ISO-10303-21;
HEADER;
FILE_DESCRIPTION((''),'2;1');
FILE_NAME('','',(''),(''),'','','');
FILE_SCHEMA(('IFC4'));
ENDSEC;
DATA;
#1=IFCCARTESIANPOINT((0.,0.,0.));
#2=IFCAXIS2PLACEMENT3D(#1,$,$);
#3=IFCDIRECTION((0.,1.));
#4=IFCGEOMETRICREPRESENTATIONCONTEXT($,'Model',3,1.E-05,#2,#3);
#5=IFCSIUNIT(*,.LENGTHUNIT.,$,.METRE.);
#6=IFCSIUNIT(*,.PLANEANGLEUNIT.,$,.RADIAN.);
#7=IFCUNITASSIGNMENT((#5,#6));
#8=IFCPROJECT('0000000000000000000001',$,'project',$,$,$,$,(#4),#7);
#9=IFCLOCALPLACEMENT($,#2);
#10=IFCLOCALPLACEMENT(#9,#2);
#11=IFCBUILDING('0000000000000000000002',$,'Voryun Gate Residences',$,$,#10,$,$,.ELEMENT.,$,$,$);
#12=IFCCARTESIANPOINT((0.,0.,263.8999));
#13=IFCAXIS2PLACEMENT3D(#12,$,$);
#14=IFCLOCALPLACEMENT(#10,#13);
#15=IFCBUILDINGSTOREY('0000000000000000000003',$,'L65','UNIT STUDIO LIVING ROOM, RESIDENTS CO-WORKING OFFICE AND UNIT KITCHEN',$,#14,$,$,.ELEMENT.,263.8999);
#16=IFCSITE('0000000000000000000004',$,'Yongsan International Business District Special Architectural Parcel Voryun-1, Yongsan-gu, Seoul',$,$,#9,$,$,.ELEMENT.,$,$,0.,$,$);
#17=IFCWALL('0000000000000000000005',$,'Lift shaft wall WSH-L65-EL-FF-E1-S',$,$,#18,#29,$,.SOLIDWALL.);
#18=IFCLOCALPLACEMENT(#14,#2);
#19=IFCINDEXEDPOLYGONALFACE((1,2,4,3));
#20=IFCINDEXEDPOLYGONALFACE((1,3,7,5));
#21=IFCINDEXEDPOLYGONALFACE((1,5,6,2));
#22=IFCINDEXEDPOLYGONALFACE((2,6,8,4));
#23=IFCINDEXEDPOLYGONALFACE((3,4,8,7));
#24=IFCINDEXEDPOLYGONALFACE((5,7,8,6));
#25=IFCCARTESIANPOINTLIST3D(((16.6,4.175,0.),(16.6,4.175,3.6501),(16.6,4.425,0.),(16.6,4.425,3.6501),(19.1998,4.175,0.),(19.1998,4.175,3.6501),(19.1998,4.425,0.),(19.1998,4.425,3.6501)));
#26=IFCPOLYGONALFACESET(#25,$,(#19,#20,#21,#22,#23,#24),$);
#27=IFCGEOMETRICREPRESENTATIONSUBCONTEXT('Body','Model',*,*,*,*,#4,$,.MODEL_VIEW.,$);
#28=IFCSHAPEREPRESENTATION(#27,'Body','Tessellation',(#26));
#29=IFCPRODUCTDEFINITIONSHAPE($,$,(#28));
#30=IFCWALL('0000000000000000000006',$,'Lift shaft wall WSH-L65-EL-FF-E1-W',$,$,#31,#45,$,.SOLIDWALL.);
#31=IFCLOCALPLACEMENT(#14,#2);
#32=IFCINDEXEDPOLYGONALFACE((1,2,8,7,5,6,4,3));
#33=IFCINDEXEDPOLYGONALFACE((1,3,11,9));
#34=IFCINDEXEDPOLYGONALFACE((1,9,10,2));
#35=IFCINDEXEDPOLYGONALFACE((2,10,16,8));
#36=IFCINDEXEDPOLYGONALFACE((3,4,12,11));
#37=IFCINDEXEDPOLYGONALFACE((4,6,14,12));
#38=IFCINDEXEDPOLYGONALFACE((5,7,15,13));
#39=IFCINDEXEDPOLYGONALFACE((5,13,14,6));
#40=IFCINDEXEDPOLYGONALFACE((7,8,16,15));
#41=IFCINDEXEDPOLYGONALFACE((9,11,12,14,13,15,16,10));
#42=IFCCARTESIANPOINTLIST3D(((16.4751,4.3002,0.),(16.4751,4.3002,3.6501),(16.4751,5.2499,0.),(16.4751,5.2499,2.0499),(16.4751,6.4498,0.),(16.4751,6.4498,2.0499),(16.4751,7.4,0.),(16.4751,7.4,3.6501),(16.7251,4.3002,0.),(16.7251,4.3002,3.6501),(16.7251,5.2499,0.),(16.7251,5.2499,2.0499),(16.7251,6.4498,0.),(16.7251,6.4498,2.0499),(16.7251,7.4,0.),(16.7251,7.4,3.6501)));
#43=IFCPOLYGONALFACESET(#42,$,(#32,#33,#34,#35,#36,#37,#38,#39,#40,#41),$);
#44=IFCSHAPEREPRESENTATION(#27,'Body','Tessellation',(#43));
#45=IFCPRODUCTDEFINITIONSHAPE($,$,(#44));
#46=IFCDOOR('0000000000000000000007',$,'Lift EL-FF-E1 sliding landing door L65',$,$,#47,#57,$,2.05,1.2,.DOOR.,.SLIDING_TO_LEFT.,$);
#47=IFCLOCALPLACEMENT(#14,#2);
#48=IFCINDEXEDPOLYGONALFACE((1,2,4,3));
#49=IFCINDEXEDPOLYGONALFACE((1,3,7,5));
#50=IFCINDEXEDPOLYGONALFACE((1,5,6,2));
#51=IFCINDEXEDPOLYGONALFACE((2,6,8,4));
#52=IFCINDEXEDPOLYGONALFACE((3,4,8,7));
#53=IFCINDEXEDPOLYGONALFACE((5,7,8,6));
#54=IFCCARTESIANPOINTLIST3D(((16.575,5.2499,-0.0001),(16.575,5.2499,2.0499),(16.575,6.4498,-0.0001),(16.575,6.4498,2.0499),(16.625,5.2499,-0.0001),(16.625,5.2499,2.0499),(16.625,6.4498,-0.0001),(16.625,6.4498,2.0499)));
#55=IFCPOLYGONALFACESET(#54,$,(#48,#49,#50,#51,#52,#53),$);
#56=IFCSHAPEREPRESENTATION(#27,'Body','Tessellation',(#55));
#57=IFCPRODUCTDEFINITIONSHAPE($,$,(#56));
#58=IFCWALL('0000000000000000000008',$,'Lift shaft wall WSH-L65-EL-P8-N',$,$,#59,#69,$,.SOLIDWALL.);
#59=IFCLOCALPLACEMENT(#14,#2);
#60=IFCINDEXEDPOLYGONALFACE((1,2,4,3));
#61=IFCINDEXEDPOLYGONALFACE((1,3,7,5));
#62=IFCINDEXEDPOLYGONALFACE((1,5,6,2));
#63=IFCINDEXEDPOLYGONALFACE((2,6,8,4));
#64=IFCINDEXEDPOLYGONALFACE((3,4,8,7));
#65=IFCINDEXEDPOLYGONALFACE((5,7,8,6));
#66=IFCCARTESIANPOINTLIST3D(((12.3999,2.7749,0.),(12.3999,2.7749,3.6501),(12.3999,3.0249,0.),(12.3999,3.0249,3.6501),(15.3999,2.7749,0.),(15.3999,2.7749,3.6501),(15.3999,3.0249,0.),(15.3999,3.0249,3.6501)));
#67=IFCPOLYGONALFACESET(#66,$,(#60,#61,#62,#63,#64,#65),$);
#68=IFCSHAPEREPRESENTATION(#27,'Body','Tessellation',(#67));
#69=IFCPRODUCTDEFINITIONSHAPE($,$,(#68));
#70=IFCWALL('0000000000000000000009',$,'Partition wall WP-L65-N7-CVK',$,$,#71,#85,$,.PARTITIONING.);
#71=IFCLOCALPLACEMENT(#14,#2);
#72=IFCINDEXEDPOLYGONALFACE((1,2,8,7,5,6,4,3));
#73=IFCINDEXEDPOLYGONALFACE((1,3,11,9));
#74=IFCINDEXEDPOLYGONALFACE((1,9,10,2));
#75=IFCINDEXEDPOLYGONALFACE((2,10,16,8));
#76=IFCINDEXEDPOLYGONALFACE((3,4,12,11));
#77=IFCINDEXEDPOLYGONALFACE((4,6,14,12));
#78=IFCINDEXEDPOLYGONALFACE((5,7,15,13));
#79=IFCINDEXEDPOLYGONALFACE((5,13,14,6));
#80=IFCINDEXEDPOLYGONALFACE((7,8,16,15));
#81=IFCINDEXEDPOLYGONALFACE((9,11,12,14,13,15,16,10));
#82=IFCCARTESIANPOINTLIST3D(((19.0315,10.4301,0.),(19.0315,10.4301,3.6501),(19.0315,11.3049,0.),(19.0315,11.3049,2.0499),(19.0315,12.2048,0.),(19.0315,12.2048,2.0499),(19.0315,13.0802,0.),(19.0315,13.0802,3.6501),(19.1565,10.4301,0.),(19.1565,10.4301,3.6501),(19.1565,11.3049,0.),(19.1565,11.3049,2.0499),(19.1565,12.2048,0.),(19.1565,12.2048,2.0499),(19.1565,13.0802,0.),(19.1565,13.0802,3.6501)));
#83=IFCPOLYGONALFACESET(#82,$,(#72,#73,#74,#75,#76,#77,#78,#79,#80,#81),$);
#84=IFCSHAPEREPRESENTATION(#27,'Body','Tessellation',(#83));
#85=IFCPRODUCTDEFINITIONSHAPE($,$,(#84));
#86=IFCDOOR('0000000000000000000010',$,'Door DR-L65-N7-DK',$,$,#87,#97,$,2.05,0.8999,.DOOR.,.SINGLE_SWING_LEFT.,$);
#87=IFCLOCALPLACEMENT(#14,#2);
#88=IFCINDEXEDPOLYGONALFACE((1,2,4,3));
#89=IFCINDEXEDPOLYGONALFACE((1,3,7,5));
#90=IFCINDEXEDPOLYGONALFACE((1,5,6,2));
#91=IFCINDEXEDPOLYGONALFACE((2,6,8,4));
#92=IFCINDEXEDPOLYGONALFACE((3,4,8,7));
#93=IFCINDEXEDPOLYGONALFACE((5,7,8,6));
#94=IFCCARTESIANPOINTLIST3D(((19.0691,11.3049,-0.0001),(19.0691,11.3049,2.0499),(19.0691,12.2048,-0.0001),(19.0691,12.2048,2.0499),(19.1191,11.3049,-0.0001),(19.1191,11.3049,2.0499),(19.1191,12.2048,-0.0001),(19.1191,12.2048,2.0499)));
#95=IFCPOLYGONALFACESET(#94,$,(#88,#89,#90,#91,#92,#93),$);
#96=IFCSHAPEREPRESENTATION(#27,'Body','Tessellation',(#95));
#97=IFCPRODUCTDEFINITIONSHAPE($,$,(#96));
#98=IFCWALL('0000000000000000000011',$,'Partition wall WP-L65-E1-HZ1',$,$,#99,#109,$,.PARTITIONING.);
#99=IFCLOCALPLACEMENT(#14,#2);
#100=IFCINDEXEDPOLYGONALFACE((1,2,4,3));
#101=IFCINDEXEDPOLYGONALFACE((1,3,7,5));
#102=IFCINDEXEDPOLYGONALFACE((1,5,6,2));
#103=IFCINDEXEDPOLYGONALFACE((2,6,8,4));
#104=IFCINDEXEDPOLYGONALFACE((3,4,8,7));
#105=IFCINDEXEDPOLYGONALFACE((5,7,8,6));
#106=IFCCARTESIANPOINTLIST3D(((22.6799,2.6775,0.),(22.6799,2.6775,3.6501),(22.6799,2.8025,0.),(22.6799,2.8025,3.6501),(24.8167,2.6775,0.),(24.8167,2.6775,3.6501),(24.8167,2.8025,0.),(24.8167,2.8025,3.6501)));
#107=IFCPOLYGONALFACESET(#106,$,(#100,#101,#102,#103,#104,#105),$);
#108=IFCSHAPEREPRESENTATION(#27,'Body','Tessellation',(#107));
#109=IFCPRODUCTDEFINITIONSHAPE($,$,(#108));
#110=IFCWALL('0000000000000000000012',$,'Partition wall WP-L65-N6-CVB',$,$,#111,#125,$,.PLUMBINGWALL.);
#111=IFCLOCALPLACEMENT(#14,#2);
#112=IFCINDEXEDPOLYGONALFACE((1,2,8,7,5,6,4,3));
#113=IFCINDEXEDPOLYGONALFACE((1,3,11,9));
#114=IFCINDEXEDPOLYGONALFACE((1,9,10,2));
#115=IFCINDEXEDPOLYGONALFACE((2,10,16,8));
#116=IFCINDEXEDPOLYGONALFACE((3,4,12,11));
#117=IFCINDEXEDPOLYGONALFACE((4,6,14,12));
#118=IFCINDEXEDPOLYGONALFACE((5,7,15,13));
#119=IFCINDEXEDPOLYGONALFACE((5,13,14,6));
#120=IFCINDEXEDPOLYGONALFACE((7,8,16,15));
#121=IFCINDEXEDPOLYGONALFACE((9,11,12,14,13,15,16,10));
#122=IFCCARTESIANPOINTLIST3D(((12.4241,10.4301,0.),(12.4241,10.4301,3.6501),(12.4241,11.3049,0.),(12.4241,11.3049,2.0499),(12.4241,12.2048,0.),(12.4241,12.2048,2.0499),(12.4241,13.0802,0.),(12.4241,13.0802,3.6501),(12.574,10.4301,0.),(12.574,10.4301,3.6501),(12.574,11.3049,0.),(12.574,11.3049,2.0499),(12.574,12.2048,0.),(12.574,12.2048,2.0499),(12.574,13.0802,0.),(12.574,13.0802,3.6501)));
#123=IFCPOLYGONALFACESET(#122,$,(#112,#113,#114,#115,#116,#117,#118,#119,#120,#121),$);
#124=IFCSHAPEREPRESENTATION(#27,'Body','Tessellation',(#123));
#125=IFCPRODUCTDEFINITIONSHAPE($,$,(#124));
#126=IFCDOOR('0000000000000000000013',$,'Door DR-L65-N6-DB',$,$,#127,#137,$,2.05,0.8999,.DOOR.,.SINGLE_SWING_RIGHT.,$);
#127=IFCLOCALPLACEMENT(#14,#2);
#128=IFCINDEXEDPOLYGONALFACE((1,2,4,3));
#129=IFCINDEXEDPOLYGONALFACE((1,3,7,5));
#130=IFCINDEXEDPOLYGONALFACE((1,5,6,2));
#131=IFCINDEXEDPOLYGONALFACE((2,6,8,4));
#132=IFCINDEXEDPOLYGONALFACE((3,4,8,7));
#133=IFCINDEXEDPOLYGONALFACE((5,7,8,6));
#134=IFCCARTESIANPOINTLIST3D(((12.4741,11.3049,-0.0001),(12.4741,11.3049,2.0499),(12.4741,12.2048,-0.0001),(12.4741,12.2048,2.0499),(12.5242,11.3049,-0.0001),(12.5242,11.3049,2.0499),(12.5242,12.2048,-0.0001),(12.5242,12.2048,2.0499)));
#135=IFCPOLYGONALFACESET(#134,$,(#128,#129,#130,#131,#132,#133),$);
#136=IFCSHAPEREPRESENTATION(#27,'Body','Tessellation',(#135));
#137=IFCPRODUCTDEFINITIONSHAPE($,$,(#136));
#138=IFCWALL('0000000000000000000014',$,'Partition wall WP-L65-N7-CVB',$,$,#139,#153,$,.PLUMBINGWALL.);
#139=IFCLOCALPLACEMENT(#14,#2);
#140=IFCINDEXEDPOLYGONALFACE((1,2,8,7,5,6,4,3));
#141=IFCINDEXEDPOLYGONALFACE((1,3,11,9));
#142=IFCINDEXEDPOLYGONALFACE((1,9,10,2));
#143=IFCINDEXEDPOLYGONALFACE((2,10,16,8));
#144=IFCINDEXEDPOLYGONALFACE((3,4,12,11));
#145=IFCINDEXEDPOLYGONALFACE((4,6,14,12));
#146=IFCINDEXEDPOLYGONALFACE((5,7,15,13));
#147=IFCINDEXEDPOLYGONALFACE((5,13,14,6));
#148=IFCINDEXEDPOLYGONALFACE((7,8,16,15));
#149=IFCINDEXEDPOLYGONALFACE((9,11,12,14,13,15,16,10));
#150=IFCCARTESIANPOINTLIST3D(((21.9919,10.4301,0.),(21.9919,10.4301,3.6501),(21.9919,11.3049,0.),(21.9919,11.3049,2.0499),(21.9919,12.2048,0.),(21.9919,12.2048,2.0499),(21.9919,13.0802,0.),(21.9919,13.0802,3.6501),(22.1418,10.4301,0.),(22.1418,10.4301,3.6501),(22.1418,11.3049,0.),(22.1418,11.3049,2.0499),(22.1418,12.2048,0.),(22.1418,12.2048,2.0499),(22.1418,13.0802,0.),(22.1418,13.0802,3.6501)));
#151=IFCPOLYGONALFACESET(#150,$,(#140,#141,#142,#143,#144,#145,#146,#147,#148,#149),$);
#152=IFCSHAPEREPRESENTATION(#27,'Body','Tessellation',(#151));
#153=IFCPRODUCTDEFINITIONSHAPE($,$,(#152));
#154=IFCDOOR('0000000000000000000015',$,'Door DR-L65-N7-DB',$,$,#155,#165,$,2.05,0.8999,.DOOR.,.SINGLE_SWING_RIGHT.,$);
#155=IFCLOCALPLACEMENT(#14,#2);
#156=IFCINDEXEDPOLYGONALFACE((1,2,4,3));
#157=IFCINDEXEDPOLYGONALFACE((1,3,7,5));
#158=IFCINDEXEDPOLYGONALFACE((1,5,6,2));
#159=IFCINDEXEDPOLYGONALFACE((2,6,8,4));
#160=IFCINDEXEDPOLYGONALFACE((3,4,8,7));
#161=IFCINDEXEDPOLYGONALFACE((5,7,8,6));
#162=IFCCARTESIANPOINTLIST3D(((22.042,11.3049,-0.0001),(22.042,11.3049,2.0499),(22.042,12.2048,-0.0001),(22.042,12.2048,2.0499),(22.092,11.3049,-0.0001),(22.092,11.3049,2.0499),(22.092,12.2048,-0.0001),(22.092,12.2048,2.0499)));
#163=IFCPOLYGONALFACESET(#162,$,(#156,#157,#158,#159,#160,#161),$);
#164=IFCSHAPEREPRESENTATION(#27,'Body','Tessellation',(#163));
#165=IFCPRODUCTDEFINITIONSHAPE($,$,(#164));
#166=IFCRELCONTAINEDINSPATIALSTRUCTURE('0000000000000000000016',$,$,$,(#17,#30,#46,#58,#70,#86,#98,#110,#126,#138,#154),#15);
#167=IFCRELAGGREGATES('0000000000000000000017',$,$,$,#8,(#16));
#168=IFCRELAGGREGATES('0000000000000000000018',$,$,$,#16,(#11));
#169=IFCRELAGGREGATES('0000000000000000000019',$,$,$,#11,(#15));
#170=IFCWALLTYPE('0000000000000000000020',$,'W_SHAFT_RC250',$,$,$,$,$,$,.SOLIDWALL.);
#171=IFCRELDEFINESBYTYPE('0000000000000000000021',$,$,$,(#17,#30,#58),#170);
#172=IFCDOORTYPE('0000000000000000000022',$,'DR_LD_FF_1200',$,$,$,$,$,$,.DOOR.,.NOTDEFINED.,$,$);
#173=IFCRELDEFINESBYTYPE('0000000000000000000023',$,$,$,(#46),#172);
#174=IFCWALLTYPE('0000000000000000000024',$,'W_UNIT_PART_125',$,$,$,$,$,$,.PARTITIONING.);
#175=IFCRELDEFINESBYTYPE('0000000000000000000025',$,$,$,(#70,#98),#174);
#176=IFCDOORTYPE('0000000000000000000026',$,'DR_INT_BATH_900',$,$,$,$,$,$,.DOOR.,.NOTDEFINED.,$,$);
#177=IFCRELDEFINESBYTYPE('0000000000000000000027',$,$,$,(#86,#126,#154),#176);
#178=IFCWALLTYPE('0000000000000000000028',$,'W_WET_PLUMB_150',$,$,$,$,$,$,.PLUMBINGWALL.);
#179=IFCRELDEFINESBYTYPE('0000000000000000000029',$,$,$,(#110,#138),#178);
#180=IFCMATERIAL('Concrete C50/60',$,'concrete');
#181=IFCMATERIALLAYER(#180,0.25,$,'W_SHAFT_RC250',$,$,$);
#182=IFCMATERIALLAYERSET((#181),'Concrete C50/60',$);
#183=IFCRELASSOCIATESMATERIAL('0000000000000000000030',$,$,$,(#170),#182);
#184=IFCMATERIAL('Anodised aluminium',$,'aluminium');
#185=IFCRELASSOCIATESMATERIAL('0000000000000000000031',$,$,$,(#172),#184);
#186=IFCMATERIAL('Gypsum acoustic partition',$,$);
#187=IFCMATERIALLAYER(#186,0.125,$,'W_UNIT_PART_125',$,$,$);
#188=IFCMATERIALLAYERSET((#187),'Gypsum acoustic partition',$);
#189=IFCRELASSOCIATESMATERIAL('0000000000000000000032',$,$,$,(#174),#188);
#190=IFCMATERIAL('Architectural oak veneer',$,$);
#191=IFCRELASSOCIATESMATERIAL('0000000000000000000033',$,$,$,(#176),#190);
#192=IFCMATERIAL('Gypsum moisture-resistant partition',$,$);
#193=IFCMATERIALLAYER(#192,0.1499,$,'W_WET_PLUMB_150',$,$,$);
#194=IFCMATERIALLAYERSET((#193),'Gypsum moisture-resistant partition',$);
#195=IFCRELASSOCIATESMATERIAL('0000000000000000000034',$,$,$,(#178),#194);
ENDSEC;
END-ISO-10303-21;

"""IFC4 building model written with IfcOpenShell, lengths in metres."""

from ifc_helpers import new_model, si_unit, direction, frame, frame_2d, origin, place, context, subcontext, project, spatial, rectangle, extrude, material, layer, layer_set, type_object, element, fill, save


model = new_model("IFC4")

# Units and contexts
model_context = context("Model", 3, precision=1e-05, world=origin(), true_north=direction((0.0, 1.0)))
body_context = subcontext(model_context, "Body", "Model", "MODEL_VIEW")
ifc_project = project(units=[si_unit("LENGTHUNIT", "METRE"), si_unit("PLANEANGLEUNIT", "RADIAN")], contexts=[model_context])

# Site, building, storey
site_placement = place(None, origin())
site = spatial("IfcSite", under=ifc_project, at=site_placement, Name="Yongsan International Business District Special Architectural Parcel Voryun-1, Yongsan-gu, Seoul", CompositionType="ELEMENT", RefElevation=0.0)
building_placement = place(site_placement, origin())
building = spatial("IfcBuilding", under=site, at=building_placement, Name="Voryun Gate Residences", CompositionType="ELEMENT")
storey_placement = place(building_placement, frame((0.0, 0.0, 263.8999)))
storey = spatial("IfcBuildingStorey", under=building, at=storey_placement, Name="L65", Description="UNIT STUDIO LIVING ROOM, RESIDENTS CO-WORKING OFFICE AND UNIT KITCHEN", CompositionType="ELEMENT", Elevation=263.8999)

# Wall
ifc_material_1 = material(Name="Concrete C50/60", Category="concrete")
ifc_layer_1 = layer(ifc_material_1, 0.25, Name="W_SHAFT_RC250")
ifc_layer_set_1 = layer_set([ifc_layer_1], Name="Concrete C50/60")
wall_type_1 = type_object("IfcWallType", Name="W_SHAFT_RC250", PredefinedType="SOLIDWALL", material=ifc_layer_set_1)
wall_1_placement = place(storey_placement, frame((16.6001, 4.3, 0.0), z_axis=(0.0, 0.0, 1.0), x_axis=(1.0, 0.0, 0.0)))
element("IfcWall", 1, at=wall_1_placement, inside=storey, type_object=wall_type_1, Name="Lift shaft wall WSH-L65-EL-FF-E1-S", PredefinedType="SOLIDWALL", context=body_context, shape_type="SweptSolid", body=[
    extrude(rectangle(XDim=2.5999, YDim=0.25, at=frame_2d((1.2998, 0.0))), origin(), (0.0, 0.0, 1.0), 3.6501),
])

# Wall, opening, door
wall_2_placement = place(storey_placement, frame((16.6001, 7.3999, 0.0), z_axis=(0.0, 0.0, 1.0), x_axis=(0.0, -1.0, 0.0)))
wall_2 = element("IfcWall", 2, at=wall_2_placement, inside=storey, type_object=wall_type_1, Name="Lift shaft wall WSH-L65-EL-FF-E1-W", PredefinedType="SOLIDWALL", context=body_context, shape_type="SweptSolid", body=[
    extrude(rectangle(XDim=3.0999, YDim=0.25, at=frame_2d((1.5498, 0.0))), origin(), (0.0, 0.0, 1.0), 3.6501),
])
opening_1_placement = place(wall_2_placement, frame((0.95, 0.0, 0.0)))
opening_1 = element("IfcOpeningElement", 3, at=opening_1_placement, cuts=wall_2, PredefinedType="OPENING", context=body_context, shape_type="SweptSolid", body=[
    extrude(rectangle(XDim=1.2, YDim=2.05, at=frame_2d((0.6001, 1.0249))), frame((0.0, 0.135, 0.0), z_axis=(0.0, -1.0, 0.0), x_axis=(1.0, 0.0, 0.0)), (0.0, 0.0, 1.0), 0.27),
])
ifc_material_2 = material(Name="Anodised aluminium", Category="aluminium")
door_type_1 = type_object("IfcDoorType", Name="DR_LD_FF_1200", OperationType="NOTDEFINED", PredefinedType="DOOR", material=ifc_material_2)
door_1_placement = place(opening_1_placement, origin())
door_1 = element("IfcDoor", 4, at=door_1_placement, inside=storey, type_object=door_type_1, Name="Lift EL-FF-E1 sliding landing door L65", OperationType="SLIDING_TO_LEFT", OverallHeight=2.05, OverallWidth=1.2, PredefinedType="DOOR", context=body_context, shape_type="SweptSolid", body=[
    extrude(rectangle(XDim=1.2, YDim=2.05, at=frame_2d((0.6001, 1.0249))), frame((0.0, 0.0249, 0.0), z_axis=(0.0, -1.0, 0.0), x_axis=(1.0, 0.0, 0.0)), (0.0, 0.0, 1.0), 0.05),
])
fill(opening_1, door_1)

# Wall
wall_3_placement = place(storey_placement, frame((15.3999, 2.8999, 0.0), z_axis=(0.0, 0.0, 1.0), x_axis=(-1.0, 0.0, 0.0)))
element("IfcWall", 5, at=wall_3_placement, inside=storey, type_object=wall_type_1, Name="Lift shaft wall WSH-L65-EL-P8-N", PredefinedType="SOLIDWALL", context=body_context, shape_type="SweptSolid", body=[
    extrude(rectangle(XDim=3.0, YDim=0.25, at=frame_2d((1.5, 0.0))), origin(), (0.0, 0.0, 1.0), 3.6501),
])

# Wall, opening, door
ifc_material_3 = material(Name="Gypsum acoustic partition")
ifc_layer_2 = layer(ifc_material_3, 0.125, Name="W_UNIT_PART_125")
ifc_layer_set_2 = layer_set([ifc_layer_2], Name="Gypsum acoustic partition")
wall_type_2 = type_object("IfcWallType", Name="W_UNIT_PART_125", PredefinedType="PARTITIONING", material=ifc_layer_set_2)
wall_4_placement = place(storey_placement, frame((19.094, 10.4299, 0.0), z_axis=(0.0, 0.0, 1.0), x_axis=(0.0, 1.0, 0.0)))
wall_4 = element("IfcWall", 6, at=wall_4_placement, inside=storey, type_object=wall_type_2, Name="Partition wall WP-L65-N7-CVK", PredefinedType="PARTITIONING", context=body_context, shape_type="SweptSolid", body=[
    extrude(rectangle(XDim=2.6501, YDim=0.125, at=frame_2d((1.3252, 0.0))), origin(), (0.0, 0.0, 1.0), 3.6501),
])
opening_2_placement = place(wall_4_placement, frame((0.875, 0.0, 0.0)))
opening_2 = element("IfcOpeningElement", 7, at=opening_2_placement, cuts=wall_4, PredefinedType="OPENING", context=body_context, shape_type="SweptSolid", body=[
    extrude(rectangle(XDim=0.8999, YDim=2.05, at=frame_2d((0.45, 1.0249))), frame((0.0, 0.0725, 0.0), z_axis=(0.0, -1.0, 0.0), x_axis=(1.0, 0.0, 0.0)), (0.0, 0.0, 1.0), 0.145),
])
ifc_material_4 = material(Name="Architectural oak veneer")
door_type_2 = type_object("IfcDoorType", Name="DR_INT_BATH_900", OperationType="NOTDEFINED", PredefinedType="DOOR", material=ifc_material_4)
door_2_placement = place(opening_2_placement, origin())
door_2 = element("IfcDoor", 8, at=door_2_placement, inside=storey, type_object=door_type_2, Name="Door DR-L65-N7-DK", OperationType="SINGLE_SWING_LEFT", OverallHeight=2.05, OverallWidth=0.8999, PredefinedType="DOOR", context=body_context, shape_type="SweptSolid", body=[
    extrude(rectangle(XDim=0.8999, YDim=2.05, at=frame_2d((0.45, 1.0249))), frame((0.0, 0.0249, 0.0), z_axis=(0.0, -1.0, 0.0), x_axis=(1.0, 0.0, 0.0)), (0.0, 0.0, 1.0), 0.05),
])
fill(opening_2, door_2)

# Wall
wall_5_placement = place(storey_placement, frame((22.6799, 2.74, 0.0), z_axis=(0.0, 0.0, 1.0), x_axis=(1.0, 0.0, 0.0)))
element("IfcWall", 9, at=wall_5_placement, inside=storey, type_object=wall_type_2, Name="Partition wall WP-L65-E1-HZ1", PredefinedType="PARTITIONING", context=body_context, shape_type="SweptSolid", body=[
    extrude(rectangle(XDim=2.1367, YDim=0.125, at=frame_2d((1.0684, 0.0))), origin(), (0.0, 0.0, 1.0), 3.6501),
])

# Walls, openings, doors
ifc_material_5 = material(Name="Gypsum moisture-resistant partition")
ifc_layer_3 = layer(ifc_material_5, 0.1499, Name="W_WET_PLUMB_150")
ifc_layer_set_3 = layer_set([ifc_layer_3], Name="Gypsum moisture-resistant partition")
wall_type_3 = type_object("IfcWallType", Name="W_WET_PLUMB_150", PredefinedType="PLUMBINGWALL", material=ifc_layer_set_3)
wall_6_placement = place(storey_placement, frame((12.499, 10.4299, 0.0), z_axis=(0.0, 0.0, 1.0), x_axis=(0.0, 1.0, 0.0)))
wall_6 = element("IfcWall", 10, at=wall_6_placement, inside=storey, type_object=wall_type_3, Name="Partition wall WP-L65-N6-CVB", PredefinedType="PLUMBINGWALL", context=body_context, shape_type="SweptSolid", body=[
    extrude(rectangle(XDim=2.6501, YDim=0.1499, at=frame_2d((1.3252, 0.0))), origin(), (0.0, 0.0, 1.0), 3.6501),
])
opening_3_placement = place(wall_6_placement, frame((0.875, 0.0, 0.0)))
opening_3 = element("IfcOpeningElement", 11, at=opening_3_placement, cuts=wall_6, PredefinedType="OPENING", context=body_context, shape_type="SweptSolid", body=[
    extrude(rectangle(XDim=0.8999, YDim=2.05, at=frame_2d((0.45, 1.0249))), frame((0.0, 0.085, 0.0), z_axis=(0.0, -1.0, 0.0), x_axis=(1.0, 0.0, 0.0)), (0.0, 0.0, 1.0), 0.1699),
])
door_3_placement = place(opening_3_placement, origin())
door_3 = element("IfcDoor", 12, at=door_3_placement, inside=storey, type_object=door_type_2, Name="Door DR-L65-N6-DB", OperationType="SINGLE_SWING_RIGHT", OverallHeight=2.05, OverallWidth=0.8999, PredefinedType="DOOR", context=body_context, shape_type="SweptSolid", body=[
    extrude(rectangle(XDim=0.8999, YDim=2.05, at=frame_2d((0.45, 1.0249))), frame((0.0, 0.0249, 0.0), z_axis=(0.0, -1.0, 0.0), x_axis=(1.0, 0.0, 0.0)), (0.0, 0.0, 1.0), 0.05),
])
fill(opening_3, door_3)
wall_7_placement = place(storey_placement, frame((22.0669, 10.4299, 0.0), z_axis=(0.0, 0.0, 1.0), x_axis=(0.0, 1.0, 0.0)))
wall_7 = element("IfcWall", 13, at=wall_7_placement, inside=storey, type_object=wall_type_3, Name="Partition wall WP-L65-N7-CVB", PredefinedType="PLUMBINGWALL", context=body_context, shape_type="SweptSolid", body=[
    extrude(rectangle(XDim=2.6501, YDim=0.1499, at=frame_2d((1.3252, 0.0))), origin(), (0.0, 0.0, 1.0), 3.6501),
])
opening_4_placement = place(wall_7_placement, frame((0.875, 0.0, 0.0)))
opening_4 = element("IfcOpeningElement", 14, at=opening_4_placement, cuts=wall_7, PredefinedType="OPENING", context=body_context, shape_type="SweptSolid", body=[
    extrude(rectangle(XDim=0.8999, YDim=2.05, at=frame_2d((0.45, 1.0249))), frame((0.0, 0.085, 0.0), z_axis=(0.0, -1.0, 0.0), x_axis=(1.0, 0.0, 0.0)), (0.0, 0.0, 1.0), 0.1699),
])
door_4_placement = place(opening_4_placement, origin())
door_4 = element("IfcDoor", 15, at=door_4_placement, inside=storey, type_object=door_type_2, Name="Door DR-L65-N7-DB", OperationType="SINGLE_SWING_RIGHT", OverallHeight=2.05, OverallWidth=0.8999, PredefinedType="DOOR", context=body_context, shape_type="SweptSolid", body=[
    extrude(rectangle(XDim=0.8999, YDim=2.05, at=frame_2d((0.45, 1.0249))), frame((0.0, 0.0249, 0.0), z_axis=(0.0, -1.0, 0.0), x_axis=(1.0, 0.0, 0.0)), (0.0, 0.0, 1.0), 0.05),
])
fill(opening_4, door_4)

save(model, "model.ifc")
